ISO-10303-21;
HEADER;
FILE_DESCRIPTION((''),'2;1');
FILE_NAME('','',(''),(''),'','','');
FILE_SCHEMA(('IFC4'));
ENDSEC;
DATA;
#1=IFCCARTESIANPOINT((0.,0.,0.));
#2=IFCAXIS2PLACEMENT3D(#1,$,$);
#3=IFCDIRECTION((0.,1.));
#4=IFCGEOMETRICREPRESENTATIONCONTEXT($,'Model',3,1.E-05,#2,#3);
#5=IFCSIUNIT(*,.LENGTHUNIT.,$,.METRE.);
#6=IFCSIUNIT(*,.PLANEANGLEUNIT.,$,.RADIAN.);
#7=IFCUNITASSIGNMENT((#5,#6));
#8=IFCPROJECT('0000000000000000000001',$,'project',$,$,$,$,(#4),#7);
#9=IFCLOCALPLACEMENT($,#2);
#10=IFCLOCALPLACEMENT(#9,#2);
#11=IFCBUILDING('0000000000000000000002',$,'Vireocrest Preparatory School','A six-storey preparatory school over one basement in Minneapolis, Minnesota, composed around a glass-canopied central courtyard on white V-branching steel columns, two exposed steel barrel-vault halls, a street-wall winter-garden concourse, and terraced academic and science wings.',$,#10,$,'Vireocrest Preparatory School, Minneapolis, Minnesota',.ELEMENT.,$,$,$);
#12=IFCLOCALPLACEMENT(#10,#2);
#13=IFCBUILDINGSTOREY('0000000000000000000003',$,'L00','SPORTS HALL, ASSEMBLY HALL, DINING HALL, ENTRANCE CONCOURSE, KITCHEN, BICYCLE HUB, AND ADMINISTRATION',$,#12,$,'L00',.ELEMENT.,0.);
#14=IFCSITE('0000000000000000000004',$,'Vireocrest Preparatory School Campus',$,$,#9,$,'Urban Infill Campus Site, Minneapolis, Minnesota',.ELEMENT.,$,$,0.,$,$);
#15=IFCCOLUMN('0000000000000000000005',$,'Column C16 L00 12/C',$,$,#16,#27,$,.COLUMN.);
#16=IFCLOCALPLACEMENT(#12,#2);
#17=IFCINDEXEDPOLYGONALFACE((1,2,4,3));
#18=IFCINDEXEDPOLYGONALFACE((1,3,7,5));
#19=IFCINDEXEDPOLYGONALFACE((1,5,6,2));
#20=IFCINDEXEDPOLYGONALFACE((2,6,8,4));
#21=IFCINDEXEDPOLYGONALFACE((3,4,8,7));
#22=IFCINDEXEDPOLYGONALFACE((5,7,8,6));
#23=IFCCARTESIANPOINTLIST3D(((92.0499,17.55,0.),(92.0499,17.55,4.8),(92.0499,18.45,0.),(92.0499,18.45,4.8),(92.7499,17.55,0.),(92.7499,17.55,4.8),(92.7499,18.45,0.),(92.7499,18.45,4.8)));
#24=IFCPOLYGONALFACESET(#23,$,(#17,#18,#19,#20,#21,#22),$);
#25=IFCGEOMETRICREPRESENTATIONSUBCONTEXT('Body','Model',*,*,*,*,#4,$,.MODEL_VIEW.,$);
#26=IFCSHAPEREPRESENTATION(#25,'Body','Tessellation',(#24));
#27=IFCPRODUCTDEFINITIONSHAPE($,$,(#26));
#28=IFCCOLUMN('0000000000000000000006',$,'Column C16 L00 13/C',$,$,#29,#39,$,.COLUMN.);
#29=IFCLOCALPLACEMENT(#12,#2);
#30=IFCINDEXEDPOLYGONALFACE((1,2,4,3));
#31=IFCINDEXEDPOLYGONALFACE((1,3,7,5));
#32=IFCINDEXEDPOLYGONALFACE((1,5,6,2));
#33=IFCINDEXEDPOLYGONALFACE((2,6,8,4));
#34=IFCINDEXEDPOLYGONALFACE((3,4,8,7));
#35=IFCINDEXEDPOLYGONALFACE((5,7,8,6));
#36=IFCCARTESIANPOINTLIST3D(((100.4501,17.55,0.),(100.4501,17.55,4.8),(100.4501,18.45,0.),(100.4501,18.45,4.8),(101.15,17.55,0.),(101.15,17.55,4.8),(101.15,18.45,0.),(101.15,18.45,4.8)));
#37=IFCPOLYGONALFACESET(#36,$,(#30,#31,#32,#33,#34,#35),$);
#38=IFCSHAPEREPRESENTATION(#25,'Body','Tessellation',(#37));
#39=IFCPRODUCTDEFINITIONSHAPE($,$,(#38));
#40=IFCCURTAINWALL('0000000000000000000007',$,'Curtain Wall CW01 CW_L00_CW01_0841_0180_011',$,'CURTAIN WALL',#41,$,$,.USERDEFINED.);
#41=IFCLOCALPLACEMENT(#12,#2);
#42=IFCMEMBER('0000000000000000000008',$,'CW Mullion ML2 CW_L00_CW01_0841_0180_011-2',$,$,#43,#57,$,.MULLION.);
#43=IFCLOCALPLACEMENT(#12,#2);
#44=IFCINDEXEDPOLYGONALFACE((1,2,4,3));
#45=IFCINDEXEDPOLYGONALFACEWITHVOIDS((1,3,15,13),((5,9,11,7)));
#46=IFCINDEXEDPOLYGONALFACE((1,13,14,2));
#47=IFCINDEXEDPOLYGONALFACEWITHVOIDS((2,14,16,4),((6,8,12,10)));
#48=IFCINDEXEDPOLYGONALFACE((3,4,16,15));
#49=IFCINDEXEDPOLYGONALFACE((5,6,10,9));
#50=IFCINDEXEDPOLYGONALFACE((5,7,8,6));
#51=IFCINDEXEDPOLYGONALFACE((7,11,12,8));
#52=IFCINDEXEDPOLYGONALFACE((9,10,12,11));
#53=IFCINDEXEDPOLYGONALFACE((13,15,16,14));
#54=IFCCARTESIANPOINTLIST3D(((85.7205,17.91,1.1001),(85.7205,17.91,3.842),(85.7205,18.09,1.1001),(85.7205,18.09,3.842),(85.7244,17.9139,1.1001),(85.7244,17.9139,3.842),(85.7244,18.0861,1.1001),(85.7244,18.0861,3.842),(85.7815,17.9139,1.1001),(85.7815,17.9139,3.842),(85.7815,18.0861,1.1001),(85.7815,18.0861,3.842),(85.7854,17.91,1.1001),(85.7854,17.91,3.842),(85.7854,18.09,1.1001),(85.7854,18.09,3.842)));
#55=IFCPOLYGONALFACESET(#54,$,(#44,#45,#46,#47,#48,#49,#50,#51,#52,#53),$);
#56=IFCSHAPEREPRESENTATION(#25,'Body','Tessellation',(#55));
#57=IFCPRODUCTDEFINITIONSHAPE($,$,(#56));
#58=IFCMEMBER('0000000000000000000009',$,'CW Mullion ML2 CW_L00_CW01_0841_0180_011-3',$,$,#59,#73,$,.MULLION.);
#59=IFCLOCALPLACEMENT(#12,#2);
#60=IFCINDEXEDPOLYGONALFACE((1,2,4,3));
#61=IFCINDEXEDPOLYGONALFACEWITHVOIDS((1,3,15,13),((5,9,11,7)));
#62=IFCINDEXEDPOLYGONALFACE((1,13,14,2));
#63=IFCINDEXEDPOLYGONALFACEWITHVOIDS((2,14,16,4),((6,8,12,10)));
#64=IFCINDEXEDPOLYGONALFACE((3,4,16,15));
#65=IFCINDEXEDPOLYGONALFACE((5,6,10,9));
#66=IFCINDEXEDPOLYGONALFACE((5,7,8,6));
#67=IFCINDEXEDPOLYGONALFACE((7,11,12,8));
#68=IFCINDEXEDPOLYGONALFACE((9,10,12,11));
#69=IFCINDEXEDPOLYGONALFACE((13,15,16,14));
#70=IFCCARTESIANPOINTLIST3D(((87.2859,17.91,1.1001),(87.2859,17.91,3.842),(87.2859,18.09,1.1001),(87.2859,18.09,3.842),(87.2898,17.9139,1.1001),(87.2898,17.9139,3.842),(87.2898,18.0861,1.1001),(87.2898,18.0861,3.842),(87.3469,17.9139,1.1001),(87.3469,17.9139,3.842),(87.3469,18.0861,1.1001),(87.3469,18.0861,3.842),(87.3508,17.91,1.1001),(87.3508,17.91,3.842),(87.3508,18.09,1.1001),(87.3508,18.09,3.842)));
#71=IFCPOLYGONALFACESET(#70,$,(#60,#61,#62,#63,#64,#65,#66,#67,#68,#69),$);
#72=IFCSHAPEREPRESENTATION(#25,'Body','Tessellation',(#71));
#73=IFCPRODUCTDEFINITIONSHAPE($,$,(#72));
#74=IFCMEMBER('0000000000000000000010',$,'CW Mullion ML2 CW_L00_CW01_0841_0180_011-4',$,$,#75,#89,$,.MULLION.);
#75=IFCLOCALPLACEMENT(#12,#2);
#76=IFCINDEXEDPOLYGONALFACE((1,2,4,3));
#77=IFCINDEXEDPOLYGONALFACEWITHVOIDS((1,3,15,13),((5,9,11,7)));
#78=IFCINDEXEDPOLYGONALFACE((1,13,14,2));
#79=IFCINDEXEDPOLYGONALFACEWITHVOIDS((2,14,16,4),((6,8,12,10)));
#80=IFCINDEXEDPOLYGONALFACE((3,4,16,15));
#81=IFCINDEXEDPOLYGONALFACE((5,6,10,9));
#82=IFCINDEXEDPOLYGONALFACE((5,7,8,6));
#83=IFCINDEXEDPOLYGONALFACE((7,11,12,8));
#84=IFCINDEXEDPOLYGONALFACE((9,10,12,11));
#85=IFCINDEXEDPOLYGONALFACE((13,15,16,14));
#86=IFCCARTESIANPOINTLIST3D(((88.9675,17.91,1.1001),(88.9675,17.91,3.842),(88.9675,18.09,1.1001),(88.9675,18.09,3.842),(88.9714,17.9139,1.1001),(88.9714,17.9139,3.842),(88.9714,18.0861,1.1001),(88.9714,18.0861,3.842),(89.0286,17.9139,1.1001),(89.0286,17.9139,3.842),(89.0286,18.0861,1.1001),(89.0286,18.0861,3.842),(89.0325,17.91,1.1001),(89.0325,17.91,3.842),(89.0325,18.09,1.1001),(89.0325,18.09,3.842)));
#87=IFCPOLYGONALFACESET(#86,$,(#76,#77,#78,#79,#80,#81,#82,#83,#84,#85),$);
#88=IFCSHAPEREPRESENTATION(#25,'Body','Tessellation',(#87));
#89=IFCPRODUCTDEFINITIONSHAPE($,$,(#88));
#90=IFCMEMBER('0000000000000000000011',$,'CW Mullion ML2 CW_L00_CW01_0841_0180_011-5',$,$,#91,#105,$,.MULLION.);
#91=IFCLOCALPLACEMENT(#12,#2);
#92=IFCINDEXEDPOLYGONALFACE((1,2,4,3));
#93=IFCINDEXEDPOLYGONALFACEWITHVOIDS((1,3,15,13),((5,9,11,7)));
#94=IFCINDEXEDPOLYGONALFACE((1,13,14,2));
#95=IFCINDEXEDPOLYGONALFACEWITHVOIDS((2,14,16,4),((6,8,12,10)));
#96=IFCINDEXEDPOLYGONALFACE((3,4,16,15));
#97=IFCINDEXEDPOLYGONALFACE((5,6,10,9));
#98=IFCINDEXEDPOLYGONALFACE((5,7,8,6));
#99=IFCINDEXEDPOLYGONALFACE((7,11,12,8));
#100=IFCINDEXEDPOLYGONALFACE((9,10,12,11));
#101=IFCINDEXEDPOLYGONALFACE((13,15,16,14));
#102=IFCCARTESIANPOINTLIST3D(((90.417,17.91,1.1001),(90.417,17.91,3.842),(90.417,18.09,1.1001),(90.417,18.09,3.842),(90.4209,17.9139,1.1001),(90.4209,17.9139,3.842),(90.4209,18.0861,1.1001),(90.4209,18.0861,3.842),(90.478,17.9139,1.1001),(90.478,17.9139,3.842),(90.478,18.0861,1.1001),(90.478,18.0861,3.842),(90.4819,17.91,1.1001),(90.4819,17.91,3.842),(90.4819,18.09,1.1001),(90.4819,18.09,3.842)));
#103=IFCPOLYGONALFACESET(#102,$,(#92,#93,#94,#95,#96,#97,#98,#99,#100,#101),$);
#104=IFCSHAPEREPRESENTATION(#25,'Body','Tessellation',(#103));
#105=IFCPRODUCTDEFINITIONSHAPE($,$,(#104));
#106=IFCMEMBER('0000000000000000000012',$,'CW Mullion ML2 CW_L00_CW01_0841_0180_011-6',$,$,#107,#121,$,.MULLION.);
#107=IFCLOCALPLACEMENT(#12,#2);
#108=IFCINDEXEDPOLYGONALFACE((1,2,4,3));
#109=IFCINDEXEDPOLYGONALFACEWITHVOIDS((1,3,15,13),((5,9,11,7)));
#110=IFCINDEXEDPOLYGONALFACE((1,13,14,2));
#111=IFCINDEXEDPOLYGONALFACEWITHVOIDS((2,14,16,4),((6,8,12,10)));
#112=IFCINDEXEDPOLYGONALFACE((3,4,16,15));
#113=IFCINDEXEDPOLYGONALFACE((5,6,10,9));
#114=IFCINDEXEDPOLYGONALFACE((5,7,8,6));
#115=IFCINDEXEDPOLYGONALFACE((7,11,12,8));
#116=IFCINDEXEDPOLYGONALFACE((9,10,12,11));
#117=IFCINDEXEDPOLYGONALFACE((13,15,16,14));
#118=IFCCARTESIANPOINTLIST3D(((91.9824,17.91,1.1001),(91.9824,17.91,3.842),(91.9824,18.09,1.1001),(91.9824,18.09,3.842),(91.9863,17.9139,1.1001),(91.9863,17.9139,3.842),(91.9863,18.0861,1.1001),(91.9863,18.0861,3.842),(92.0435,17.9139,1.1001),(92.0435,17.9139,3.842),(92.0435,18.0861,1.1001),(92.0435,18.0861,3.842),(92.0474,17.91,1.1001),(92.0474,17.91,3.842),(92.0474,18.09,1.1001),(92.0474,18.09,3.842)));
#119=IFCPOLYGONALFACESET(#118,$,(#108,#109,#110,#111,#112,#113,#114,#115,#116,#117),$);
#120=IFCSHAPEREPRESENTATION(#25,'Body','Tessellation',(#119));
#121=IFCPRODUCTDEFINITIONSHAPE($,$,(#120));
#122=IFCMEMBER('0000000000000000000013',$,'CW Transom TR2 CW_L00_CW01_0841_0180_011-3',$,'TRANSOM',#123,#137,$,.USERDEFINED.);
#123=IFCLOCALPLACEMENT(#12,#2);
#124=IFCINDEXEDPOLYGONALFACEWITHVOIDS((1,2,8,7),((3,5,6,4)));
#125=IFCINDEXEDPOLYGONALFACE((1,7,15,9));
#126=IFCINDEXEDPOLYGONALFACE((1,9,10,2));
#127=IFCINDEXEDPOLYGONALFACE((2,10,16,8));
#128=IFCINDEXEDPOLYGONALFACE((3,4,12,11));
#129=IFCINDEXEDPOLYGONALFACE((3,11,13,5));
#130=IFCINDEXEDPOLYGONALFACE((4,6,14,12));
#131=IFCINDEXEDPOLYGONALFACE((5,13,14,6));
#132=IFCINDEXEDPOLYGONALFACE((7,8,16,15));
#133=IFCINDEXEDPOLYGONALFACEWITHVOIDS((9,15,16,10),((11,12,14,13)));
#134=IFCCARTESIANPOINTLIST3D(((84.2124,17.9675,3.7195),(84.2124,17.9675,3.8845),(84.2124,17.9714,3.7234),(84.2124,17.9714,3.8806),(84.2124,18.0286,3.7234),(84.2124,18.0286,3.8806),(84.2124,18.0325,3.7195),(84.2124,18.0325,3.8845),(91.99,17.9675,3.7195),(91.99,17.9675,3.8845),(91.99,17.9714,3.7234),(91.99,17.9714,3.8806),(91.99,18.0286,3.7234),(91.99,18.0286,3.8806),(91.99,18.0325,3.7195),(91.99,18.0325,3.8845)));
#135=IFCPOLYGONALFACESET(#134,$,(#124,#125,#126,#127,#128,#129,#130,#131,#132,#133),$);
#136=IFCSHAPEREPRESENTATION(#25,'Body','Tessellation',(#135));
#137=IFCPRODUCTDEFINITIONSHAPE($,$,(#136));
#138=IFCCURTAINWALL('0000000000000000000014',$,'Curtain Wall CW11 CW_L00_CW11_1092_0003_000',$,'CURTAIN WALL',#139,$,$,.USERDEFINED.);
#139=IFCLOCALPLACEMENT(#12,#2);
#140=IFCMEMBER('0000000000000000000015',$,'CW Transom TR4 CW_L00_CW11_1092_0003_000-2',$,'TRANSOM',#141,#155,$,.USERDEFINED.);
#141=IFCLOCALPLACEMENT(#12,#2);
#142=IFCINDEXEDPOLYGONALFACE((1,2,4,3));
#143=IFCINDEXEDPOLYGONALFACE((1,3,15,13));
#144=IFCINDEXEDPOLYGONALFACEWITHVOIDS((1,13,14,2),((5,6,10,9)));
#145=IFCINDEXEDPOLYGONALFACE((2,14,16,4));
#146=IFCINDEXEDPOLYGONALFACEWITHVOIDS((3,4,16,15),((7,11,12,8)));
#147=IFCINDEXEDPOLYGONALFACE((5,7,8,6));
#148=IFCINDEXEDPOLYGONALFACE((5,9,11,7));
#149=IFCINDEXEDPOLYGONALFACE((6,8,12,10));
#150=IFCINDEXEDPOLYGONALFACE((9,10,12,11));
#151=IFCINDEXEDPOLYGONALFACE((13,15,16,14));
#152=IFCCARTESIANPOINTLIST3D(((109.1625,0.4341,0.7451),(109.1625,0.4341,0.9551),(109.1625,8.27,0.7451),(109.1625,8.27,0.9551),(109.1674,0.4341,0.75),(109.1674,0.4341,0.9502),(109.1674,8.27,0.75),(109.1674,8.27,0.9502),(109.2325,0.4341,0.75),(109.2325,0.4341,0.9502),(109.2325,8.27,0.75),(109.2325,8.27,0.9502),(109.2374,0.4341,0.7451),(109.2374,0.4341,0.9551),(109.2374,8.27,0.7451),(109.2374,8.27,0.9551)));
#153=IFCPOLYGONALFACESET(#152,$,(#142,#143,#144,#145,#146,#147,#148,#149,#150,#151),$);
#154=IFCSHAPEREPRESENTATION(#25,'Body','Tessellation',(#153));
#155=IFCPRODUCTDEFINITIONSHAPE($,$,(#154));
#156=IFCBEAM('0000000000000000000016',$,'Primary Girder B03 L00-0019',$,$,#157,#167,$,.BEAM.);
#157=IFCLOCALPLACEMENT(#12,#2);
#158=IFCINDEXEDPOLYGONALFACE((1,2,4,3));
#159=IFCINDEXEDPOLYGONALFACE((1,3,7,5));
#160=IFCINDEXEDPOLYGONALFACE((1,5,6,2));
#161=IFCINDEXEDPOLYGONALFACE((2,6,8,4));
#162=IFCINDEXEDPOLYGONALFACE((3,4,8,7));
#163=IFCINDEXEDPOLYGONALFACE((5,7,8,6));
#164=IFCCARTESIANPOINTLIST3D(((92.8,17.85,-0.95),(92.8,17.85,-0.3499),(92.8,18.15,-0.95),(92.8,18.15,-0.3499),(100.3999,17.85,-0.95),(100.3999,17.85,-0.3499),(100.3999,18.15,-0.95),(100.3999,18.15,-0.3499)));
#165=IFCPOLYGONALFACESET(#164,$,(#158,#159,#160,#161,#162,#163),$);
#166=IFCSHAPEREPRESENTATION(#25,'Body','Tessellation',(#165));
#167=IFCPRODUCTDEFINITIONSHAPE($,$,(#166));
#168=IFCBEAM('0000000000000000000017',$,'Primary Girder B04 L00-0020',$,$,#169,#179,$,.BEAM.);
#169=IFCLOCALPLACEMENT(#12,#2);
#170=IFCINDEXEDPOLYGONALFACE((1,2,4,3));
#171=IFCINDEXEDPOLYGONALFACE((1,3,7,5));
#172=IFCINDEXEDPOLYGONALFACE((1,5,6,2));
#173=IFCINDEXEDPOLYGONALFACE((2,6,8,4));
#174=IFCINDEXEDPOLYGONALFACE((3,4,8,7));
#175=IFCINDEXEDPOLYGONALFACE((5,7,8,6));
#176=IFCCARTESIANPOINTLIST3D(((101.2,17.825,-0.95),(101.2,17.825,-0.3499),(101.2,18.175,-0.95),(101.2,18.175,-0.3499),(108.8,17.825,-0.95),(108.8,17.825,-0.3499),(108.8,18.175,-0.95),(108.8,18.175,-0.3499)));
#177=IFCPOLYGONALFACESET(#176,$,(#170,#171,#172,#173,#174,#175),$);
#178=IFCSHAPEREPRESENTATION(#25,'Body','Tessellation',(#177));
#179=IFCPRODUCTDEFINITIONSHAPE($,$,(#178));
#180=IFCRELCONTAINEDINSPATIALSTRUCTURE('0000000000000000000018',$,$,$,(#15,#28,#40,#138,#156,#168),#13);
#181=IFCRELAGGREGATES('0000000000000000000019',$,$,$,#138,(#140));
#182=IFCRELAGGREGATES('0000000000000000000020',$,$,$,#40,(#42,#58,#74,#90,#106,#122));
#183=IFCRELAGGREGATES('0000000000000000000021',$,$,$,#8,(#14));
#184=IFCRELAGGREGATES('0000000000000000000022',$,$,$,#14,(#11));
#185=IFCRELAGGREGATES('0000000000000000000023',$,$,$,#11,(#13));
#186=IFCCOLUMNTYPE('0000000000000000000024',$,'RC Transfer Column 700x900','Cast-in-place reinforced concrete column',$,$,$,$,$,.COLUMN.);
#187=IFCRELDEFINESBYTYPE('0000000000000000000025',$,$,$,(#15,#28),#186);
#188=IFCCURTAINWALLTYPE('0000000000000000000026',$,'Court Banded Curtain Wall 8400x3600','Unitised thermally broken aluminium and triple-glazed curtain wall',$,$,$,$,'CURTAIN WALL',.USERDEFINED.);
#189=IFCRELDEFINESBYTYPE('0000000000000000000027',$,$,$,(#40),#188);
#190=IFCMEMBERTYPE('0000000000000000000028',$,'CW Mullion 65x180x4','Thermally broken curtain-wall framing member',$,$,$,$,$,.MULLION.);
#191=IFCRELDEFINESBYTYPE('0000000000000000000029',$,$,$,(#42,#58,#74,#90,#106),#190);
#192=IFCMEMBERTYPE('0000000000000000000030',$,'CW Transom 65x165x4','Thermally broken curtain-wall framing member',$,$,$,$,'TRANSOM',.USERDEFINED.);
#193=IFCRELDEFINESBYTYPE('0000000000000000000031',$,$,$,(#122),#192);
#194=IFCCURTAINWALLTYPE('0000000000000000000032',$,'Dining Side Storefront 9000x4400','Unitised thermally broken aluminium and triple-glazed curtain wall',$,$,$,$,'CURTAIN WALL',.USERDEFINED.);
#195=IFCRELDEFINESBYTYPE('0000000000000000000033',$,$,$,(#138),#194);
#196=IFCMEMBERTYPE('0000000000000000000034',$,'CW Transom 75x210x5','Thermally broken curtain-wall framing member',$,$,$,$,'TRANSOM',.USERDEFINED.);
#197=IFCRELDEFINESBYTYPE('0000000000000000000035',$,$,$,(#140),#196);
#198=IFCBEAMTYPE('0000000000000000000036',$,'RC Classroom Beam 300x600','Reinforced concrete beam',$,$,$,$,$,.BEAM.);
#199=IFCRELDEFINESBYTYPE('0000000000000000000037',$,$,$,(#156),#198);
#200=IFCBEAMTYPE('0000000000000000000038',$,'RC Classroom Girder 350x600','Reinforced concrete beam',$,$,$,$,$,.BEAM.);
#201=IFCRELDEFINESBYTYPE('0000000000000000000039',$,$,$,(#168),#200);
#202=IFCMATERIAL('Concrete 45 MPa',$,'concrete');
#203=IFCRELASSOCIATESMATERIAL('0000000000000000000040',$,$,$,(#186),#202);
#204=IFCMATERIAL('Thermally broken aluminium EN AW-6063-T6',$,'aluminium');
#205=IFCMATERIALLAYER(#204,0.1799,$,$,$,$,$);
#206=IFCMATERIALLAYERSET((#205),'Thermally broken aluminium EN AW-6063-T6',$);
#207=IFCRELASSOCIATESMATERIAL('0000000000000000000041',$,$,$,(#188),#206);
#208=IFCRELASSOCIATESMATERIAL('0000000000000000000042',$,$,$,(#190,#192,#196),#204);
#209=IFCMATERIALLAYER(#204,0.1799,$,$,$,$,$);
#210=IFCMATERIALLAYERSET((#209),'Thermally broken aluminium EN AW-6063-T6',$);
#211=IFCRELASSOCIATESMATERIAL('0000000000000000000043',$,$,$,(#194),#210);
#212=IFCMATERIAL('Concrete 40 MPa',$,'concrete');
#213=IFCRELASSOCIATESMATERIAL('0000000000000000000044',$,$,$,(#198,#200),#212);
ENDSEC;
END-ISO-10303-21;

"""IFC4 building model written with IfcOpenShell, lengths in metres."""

from ifc_helpers import new_model, si_unit, direction, frame, origin, origin_2d, place, context, subcontext, project, spatial, rectangle, hollow_rectangle, extrude, material, layer, layer_set, material_profile, profile_set, type_object, element, aggregate, save


model = new_model("IFC4")

# Units and contexts
model_context = context("Model", 3, precision=1e-05, world=origin(), true_north=direction((0.0, 1.0)))
body_context = subcontext(model_context, "Body", "Model", "MODEL_VIEW")
ifc_project = project(units=[si_unit("LENGTHUNIT", "METRE"), si_unit("PLANEANGLEUNIT", "RADIAN")], contexts=[model_context])

# Site, building, storey
site_placement = place(None, origin())
site = spatial("IfcSite", under=ifc_project, at=site_placement, Name="Vireocrest Preparatory School Campus", LongName="Urban Infill Campus Site, Minneapolis, Minnesota", CompositionType="ELEMENT", RefElevation=0.0)
building_placement = place(site_placement, origin())
building = spatial("IfcBuilding", under=site, at=building_placement, Name="Vireocrest Preparatory School", Description="A six-storey preparatory school over one basement in Minneapolis, Minnesota, composed around a glass-canopied central courtyard on white V-branching steel columns, two exposed steel barrel-vault halls, a street-wall winter-garden concourse, and terraced academic and science wings.", LongName="Vireocrest Preparatory School, Minneapolis, Minnesota", CompositionType="ELEMENT")
storey_placement = place(building_placement, origin())
storey = spatial("IfcBuildingStorey", under=building, at=storey_placement, Name="L00", Description="SPORTS HALL, ASSEMBLY HALL, DINING HALL, ENTRANCE CONCOURSE, KITCHEN, BICYCLE HUB, AND ADMINISTRATION", LongName="L00", CompositionType="ELEMENT", Elevation=0.0)

# Columns
ifc_material_1 = material(Name="Concrete 45 MPa", Category="concrete")
ifc_material_profile_1 = material_profile(ifc_material_1, rectangle(XDim=0.7, YDim=0.8999, at=origin_2d()), Name="RC 700x900")
ifc_profile_set_1 = profile_set([ifc_material_profile_1], Name="Concrete 45 MPa")
column_type = type_object("IfcColumnType", Name="RC Transfer Column 700x900", Description="Cast-in-place reinforced concrete column", PredefinedType="COLUMN", material=ifc_profile_set_1)
for number, where, z_axis, x_axis, name in (
    (1, (92.3999, 18.0, 0.0), (0.0, 0.0, 1.0), (1.0, 0.0, 0.0), "Column C16 L00 12/C"),
    (2, (100.8, 18.0, 0.0), (0.0, 0.0, 1.0), (1.0, 0.0, 0.0), "Column C16 L00 13/C"),
):
    element("IfcColumn", number, at=place(storey_placement, frame(where, z_axis=z_axis, x_axis=x_axis)), inside=storey, type_object=column_type, Name=name, PredefinedType="COLUMN", context=body_context, shape_type="SweptSolid", body=[
        extrude(rectangle(XDim=0.7, YDim=0.8999, at=origin_2d()), origin(), (0.0, 0.0, 1.0), 4.8),
    ])

# Curtain wall, members
ifc_material_2 = material(Name="Thermally broken aluminium EN AW-6063-T6", Category="aluminium")
ifc_layer_1 = layer(ifc_material_2, 0.1799)
ifc_layer_set_1 = layer_set([ifc_layer_1], Name="Thermally broken aluminium EN AW-6063-T6")
curtain_wall_type_1 = type_object("IfcCurtainWallType", Name="Court Banded Curtain Wall 8400x3600", Description="Unitised thermally broken aluminium and triple-glazed curtain wall", ElementType="CURTAIN WALL", PredefinedType="USERDEFINED", material=ifc_layer_set_1)
curtain_wall_1_placement = place(storey_placement, origin())
curtain_wall_1 = element("IfcCurtainWall", 3, at=curtain_wall_1_placement, inside=storey, type_object=curtain_wall_type_1, Name="Curtain Wall CW01 CW_L00_CW01_0841_0180_011", ObjectType="CURTAIN WALL", PredefinedType="USERDEFINED")
ifc_material_profile_2 = material_profile(ifc_material_2, hollow_rectangle(XDim=0.0649, YDim=0.1799, WallThickness=0.0039, at=origin_2d()), Name="ALU 65x180x4")
ifc_profile_set_2 = profile_set([ifc_material_profile_2], Name="Thermally broken aluminium EN AW-6063-T6")
member_type_1 = type_object("IfcMemberType", Name="CW Mullion 65x180x4", Description="Thermally broken curtain-wall framing member", PredefinedType="MULLION", material=ifc_profile_set_2)
member_1_placement = place(storey_placement, frame((85.7529, 18.0, 1.1001), z_axis=(0.0, 0.0, 1.0), x_axis=(1.0, 0.0, 0.0)))
member_1 = element("IfcMember", 4, at=member_1_placement, type_object=member_type_1, Name="CW Mullion ML2 CW_L00_CW01_0841_0180_011-2", PredefinedType="MULLION", context=body_context, shape_type="SweptSolid", body=[
    extrude(hollow_rectangle(XDim=0.0649, YDim=0.1799, WallThickness=0.0039, at=origin_2d()), origin(), (0.0, 0.0, 1.0), 2.7419),
])
member_2_placement = place(storey_placement, frame((87.3184, 18.0, 1.1001), z_axis=(0.0, 0.0, 1.0), x_axis=(1.0, 0.0, 0.0)))
member_2 = element("IfcMember", 5, at=member_2_placement, type_object=member_type_1, Name="CW Mullion ML2 CW_L00_CW01_0841_0180_011-3", PredefinedType="MULLION", context=body_context, shape_type="SweptSolid", body=[
    extrude(hollow_rectangle(XDim=0.0649, YDim=0.1799, WallThickness=0.0039, at=origin_2d()), origin(), (0.0, 0.0, 1.0), 2.7419),
])
member_3_placement = place(storey_placement, frame((89.0, 18.0, 1.1001), z_axis=(0.0, 0.0, 1.0), x_axis=(1.0, 0.0, 0.0)))
member_3 = element("IfcMember", 6, at=member_3_placement, type_object=member_type_1, Name="CW Mullion ML2 CW_L00_CW01_0841_0180_011-4", PredefinedType="MULLION", context=body_context, shape_type="SweptSolid", body=[
    extrude(hollow_rectangle(XDim=0.0649, YDim=0.1799, WallThickness=0.0039, at=origin_2d()), origin(), (0.0, 0.0, 1.0), 2.7419),
])
member_4_placement = place(storey_placement, frame((90.4495, 18.0, 1.1001), z_axis=(0.0, 0.0, 1.0), x_axis=(1.0, 0.0, 0.0)))
member_4 = element("IfcMember", 7, at=member_4_placement, type_object=member_type_1, Name="CW Mullion ML2 CW_L00_CW01_0841_0180_011-5", PredefinedType="MULLION", context=body_context, shape_type="SweptSolid", body=[
    extrude(hollow_rectangle(XDim=0.0649, YDim=0.1799, WallThickness=0.0039, at=origin_2d()), origin(), (0.0, 0.0, 1.0), 2.7419),
])
member_5_placement = place(storey_placement, frame((92.0149, 18.0, 1.1001), z_axis=(0.0, 0.0, 1.0), x_axis=(1.0, 0.0, 0.0)))
member_5 = element("IfcMember", 8, at=member_5_placement, type_object=member_type_1, Name="CW Mullion ML2 CW_L00_CW01_0841_0180_011-6", PredefinedType="MULLION", context=body_context, shape_type="SweptSolid", body=[
    extrude(hollow_rectangle(XDim=0.0649, YDim=0.1799, WallThickness=0.0039, at=origin_2d()), origin(), (0.0, 0.0, 1.0), 2.7419),
])
ifc_material_profile_3 = material_profile(ifc_material_2, hollow_rectangle(XDim=0.0649, YDim=0.165, WallThickness=0.0039, at=origin_2d()), Name="ALU 65x165x4")
ifc_profile_set_3 = profile_set([ifc_material_profile_3], Name="Thermally broken aluminium EN AW-6063-T6")
member_type_2 = type_object("IfcMemberType", Name="CW Transom 65x165x4", Description="Thermally broken curtain-wall framing member", ElementType="TRANSOM", PredefinedType="USERDEFINED", material=ifc_profile_set_3)
member_6_placement = place(storey_placement, frame((84.2124, 18.0, 3.802), z_axis=(1.0, 0.0, 0.0), x_axis=(0.0, 1.0, 0.0)))
member_6 = element("IfcMember", 9, at=member_6_placement, type_object=member_type_2, Name="CW Transom TR2 CW_L00_CW01_0841_0180_011-3", ObjectType="TRANSOM", PredefinedType="USERDEFINED", context=body_context, shape_type="SweptSolid", body=[
    extrude(hollow_rectangle(XDim=0.0649, YDim=0.165, WallThickness=0.0039, at=origin_2d()), origin(), (0.0, 0.0, 1.0), 7.7776),
])

# Curtain wall, member
ifc_layer_2 = layer(ifc_material_2, 0.1799)
ifc_layer_set_2 = layer_set([ifc_layer_2], Name="Thermally broken aluminium EN AW-6063-T6")
curtain_wall_type_2 = type_object("IfcCurtainWallType", Name="Dining Side Storefront 9000x4400", Description="Unitised thermally broken aluminium and triple-glazed curtain wall", ElementType="CURTAIN WALL", PredefinedType="USERDEFINED", material=ifc_layer_set_2)
curtain_wall_2_placement = place(storey_placement, origin())
curtain_wall_2 = element("IfcCurtainWall", 10, at=curtain_wall_2_placement, inside=storey, type_object=curtain_wall_type_2, Name="Curtain Wall CW11 CW_L00_CW11_1092_0003_000", ObjectType="CURTAIN WALL", PredefinedType="USERDEFINED")
ifc_material_profile_4 = material_profile(ifc_material_2, hollow_rectangle(XDim=0.075, YDim=0.21, WallThickness=0.0049, at=origin_2d()), Name="ALU 75x210x5")
ifc_profile_set_4 = profile_set([ifc_material_profile_4], Name="Thermally broken aluminium EN AW-6063-T6")
member_type_3 = type_object("IfcMemberType", Name="CW Transom 75x210x5", Description="Thermally broken curtain-wall framing member", ElementType="TRANSOM", PredefinedType="USERDEFINED", material=ifc_profile_set_4)
member_7_placement = place(storey_placement, frame((109.2, 0.4341, 0.8501), z_axis=(0.0, 1.0, 0.0), x_axis=(-1.0, 0.0, 0.0)))
member_7 = element("IfcMember", 11, at=member_7_placement, type_object=member_type_3, Name="CW Transom TR4 CW_L00_CW11_1092_0003_000-2", ObjectType="TRANSOM", PredefinedType="USERDEFINED", context=body_context, shape_type="SweptSolid", body=[
    extrude(hollow_rectangle(XDim=0.075, YDim=0.21, WallThickness=0.0049, at=origin_2d()), origin(), (0.0, 0.0, 1.0), 7.8359),
])
aggregate(curtain_wall_2, [member_7])

# Beams
ifc_material_3 = material(Name="Concrete 40 MPa", Category="concrete")
ifc_material_profile_5 = material_profile(ifc_material_3, rectangle(XDim=0.3, YDim=0.6001, at=origin_2d()), Name="RC 300x600")
ifc_profile_set_5 = profile_set([ifc_material_profile_5], Name="Concrete 40 MPa")
beam_type_1 = type_object("IfcBeamType", Name="RC Classroom Beam 300x600", Description="Reinforced concrete beam", PredefinedType="BEAM", material=ifc_profile_set_5)
beam_1_placement = place(storey_placement, frame((92.8, 18.0, -0.6499), z_axis=(1.0, 0.0, 0.0), x_axis=(0.0, 1.0, 0.0)))
element("IfcBeam", 12, at=beam_1_placement, inside=storey, type_object=beam_type_1, Name="Primary Girder B03 L00-0019", PredefinedType="BEAM", context=body_context, shape_type="SweptSolid", body=[
    extrude(rectangle(XDim=0.3, YDim=0.6001, at=origin_2d()), origin(), (0.0, 0.0, 1.0), 7.5999),
])
ifc_material_profile_6 = material_profile(ifc_material_3, rectangle(XDim=0.3501, YDim=0.6001, at=origin_2d()), Name="RC 350x600")
ifc_profile_set_6 = profile_set([ifc_material_profile_6], Name="Concrete 40 MPa")
beam_type_2 = type_object("IfcBeamType", Name="RC Classroom Girder 350x600", Description="Reinforced concrete beam", PredefinedType="BEAM", material=ifc_profile_set_6)
beam_2_placement = place(storey_placement, frame((101.2, 18.0, -0.6499), z_axis=(1.0, 0.0, 0.0), x_axis=(0.0, 1.0, 0.0)))
element("IfcBeam", 13, at=beam_2_placement, inside=storey, type_object=beam_type_2, Name="Primary Girder B04 L00-0020", PredefinedType="BEAM", context=body_context, shape_type="SweptSolid", body=[
    extrude(rectangle(XDim=0.3501, YDim=0.6001, at=origin_2d()), origin(), (0.0, 0.0, 1.0), 7.6001),
])

aggregate(curtain_wall_1, [member_1, member_2, member_3, member_4, member_5, member_6])

save(model, "model.ifc")
